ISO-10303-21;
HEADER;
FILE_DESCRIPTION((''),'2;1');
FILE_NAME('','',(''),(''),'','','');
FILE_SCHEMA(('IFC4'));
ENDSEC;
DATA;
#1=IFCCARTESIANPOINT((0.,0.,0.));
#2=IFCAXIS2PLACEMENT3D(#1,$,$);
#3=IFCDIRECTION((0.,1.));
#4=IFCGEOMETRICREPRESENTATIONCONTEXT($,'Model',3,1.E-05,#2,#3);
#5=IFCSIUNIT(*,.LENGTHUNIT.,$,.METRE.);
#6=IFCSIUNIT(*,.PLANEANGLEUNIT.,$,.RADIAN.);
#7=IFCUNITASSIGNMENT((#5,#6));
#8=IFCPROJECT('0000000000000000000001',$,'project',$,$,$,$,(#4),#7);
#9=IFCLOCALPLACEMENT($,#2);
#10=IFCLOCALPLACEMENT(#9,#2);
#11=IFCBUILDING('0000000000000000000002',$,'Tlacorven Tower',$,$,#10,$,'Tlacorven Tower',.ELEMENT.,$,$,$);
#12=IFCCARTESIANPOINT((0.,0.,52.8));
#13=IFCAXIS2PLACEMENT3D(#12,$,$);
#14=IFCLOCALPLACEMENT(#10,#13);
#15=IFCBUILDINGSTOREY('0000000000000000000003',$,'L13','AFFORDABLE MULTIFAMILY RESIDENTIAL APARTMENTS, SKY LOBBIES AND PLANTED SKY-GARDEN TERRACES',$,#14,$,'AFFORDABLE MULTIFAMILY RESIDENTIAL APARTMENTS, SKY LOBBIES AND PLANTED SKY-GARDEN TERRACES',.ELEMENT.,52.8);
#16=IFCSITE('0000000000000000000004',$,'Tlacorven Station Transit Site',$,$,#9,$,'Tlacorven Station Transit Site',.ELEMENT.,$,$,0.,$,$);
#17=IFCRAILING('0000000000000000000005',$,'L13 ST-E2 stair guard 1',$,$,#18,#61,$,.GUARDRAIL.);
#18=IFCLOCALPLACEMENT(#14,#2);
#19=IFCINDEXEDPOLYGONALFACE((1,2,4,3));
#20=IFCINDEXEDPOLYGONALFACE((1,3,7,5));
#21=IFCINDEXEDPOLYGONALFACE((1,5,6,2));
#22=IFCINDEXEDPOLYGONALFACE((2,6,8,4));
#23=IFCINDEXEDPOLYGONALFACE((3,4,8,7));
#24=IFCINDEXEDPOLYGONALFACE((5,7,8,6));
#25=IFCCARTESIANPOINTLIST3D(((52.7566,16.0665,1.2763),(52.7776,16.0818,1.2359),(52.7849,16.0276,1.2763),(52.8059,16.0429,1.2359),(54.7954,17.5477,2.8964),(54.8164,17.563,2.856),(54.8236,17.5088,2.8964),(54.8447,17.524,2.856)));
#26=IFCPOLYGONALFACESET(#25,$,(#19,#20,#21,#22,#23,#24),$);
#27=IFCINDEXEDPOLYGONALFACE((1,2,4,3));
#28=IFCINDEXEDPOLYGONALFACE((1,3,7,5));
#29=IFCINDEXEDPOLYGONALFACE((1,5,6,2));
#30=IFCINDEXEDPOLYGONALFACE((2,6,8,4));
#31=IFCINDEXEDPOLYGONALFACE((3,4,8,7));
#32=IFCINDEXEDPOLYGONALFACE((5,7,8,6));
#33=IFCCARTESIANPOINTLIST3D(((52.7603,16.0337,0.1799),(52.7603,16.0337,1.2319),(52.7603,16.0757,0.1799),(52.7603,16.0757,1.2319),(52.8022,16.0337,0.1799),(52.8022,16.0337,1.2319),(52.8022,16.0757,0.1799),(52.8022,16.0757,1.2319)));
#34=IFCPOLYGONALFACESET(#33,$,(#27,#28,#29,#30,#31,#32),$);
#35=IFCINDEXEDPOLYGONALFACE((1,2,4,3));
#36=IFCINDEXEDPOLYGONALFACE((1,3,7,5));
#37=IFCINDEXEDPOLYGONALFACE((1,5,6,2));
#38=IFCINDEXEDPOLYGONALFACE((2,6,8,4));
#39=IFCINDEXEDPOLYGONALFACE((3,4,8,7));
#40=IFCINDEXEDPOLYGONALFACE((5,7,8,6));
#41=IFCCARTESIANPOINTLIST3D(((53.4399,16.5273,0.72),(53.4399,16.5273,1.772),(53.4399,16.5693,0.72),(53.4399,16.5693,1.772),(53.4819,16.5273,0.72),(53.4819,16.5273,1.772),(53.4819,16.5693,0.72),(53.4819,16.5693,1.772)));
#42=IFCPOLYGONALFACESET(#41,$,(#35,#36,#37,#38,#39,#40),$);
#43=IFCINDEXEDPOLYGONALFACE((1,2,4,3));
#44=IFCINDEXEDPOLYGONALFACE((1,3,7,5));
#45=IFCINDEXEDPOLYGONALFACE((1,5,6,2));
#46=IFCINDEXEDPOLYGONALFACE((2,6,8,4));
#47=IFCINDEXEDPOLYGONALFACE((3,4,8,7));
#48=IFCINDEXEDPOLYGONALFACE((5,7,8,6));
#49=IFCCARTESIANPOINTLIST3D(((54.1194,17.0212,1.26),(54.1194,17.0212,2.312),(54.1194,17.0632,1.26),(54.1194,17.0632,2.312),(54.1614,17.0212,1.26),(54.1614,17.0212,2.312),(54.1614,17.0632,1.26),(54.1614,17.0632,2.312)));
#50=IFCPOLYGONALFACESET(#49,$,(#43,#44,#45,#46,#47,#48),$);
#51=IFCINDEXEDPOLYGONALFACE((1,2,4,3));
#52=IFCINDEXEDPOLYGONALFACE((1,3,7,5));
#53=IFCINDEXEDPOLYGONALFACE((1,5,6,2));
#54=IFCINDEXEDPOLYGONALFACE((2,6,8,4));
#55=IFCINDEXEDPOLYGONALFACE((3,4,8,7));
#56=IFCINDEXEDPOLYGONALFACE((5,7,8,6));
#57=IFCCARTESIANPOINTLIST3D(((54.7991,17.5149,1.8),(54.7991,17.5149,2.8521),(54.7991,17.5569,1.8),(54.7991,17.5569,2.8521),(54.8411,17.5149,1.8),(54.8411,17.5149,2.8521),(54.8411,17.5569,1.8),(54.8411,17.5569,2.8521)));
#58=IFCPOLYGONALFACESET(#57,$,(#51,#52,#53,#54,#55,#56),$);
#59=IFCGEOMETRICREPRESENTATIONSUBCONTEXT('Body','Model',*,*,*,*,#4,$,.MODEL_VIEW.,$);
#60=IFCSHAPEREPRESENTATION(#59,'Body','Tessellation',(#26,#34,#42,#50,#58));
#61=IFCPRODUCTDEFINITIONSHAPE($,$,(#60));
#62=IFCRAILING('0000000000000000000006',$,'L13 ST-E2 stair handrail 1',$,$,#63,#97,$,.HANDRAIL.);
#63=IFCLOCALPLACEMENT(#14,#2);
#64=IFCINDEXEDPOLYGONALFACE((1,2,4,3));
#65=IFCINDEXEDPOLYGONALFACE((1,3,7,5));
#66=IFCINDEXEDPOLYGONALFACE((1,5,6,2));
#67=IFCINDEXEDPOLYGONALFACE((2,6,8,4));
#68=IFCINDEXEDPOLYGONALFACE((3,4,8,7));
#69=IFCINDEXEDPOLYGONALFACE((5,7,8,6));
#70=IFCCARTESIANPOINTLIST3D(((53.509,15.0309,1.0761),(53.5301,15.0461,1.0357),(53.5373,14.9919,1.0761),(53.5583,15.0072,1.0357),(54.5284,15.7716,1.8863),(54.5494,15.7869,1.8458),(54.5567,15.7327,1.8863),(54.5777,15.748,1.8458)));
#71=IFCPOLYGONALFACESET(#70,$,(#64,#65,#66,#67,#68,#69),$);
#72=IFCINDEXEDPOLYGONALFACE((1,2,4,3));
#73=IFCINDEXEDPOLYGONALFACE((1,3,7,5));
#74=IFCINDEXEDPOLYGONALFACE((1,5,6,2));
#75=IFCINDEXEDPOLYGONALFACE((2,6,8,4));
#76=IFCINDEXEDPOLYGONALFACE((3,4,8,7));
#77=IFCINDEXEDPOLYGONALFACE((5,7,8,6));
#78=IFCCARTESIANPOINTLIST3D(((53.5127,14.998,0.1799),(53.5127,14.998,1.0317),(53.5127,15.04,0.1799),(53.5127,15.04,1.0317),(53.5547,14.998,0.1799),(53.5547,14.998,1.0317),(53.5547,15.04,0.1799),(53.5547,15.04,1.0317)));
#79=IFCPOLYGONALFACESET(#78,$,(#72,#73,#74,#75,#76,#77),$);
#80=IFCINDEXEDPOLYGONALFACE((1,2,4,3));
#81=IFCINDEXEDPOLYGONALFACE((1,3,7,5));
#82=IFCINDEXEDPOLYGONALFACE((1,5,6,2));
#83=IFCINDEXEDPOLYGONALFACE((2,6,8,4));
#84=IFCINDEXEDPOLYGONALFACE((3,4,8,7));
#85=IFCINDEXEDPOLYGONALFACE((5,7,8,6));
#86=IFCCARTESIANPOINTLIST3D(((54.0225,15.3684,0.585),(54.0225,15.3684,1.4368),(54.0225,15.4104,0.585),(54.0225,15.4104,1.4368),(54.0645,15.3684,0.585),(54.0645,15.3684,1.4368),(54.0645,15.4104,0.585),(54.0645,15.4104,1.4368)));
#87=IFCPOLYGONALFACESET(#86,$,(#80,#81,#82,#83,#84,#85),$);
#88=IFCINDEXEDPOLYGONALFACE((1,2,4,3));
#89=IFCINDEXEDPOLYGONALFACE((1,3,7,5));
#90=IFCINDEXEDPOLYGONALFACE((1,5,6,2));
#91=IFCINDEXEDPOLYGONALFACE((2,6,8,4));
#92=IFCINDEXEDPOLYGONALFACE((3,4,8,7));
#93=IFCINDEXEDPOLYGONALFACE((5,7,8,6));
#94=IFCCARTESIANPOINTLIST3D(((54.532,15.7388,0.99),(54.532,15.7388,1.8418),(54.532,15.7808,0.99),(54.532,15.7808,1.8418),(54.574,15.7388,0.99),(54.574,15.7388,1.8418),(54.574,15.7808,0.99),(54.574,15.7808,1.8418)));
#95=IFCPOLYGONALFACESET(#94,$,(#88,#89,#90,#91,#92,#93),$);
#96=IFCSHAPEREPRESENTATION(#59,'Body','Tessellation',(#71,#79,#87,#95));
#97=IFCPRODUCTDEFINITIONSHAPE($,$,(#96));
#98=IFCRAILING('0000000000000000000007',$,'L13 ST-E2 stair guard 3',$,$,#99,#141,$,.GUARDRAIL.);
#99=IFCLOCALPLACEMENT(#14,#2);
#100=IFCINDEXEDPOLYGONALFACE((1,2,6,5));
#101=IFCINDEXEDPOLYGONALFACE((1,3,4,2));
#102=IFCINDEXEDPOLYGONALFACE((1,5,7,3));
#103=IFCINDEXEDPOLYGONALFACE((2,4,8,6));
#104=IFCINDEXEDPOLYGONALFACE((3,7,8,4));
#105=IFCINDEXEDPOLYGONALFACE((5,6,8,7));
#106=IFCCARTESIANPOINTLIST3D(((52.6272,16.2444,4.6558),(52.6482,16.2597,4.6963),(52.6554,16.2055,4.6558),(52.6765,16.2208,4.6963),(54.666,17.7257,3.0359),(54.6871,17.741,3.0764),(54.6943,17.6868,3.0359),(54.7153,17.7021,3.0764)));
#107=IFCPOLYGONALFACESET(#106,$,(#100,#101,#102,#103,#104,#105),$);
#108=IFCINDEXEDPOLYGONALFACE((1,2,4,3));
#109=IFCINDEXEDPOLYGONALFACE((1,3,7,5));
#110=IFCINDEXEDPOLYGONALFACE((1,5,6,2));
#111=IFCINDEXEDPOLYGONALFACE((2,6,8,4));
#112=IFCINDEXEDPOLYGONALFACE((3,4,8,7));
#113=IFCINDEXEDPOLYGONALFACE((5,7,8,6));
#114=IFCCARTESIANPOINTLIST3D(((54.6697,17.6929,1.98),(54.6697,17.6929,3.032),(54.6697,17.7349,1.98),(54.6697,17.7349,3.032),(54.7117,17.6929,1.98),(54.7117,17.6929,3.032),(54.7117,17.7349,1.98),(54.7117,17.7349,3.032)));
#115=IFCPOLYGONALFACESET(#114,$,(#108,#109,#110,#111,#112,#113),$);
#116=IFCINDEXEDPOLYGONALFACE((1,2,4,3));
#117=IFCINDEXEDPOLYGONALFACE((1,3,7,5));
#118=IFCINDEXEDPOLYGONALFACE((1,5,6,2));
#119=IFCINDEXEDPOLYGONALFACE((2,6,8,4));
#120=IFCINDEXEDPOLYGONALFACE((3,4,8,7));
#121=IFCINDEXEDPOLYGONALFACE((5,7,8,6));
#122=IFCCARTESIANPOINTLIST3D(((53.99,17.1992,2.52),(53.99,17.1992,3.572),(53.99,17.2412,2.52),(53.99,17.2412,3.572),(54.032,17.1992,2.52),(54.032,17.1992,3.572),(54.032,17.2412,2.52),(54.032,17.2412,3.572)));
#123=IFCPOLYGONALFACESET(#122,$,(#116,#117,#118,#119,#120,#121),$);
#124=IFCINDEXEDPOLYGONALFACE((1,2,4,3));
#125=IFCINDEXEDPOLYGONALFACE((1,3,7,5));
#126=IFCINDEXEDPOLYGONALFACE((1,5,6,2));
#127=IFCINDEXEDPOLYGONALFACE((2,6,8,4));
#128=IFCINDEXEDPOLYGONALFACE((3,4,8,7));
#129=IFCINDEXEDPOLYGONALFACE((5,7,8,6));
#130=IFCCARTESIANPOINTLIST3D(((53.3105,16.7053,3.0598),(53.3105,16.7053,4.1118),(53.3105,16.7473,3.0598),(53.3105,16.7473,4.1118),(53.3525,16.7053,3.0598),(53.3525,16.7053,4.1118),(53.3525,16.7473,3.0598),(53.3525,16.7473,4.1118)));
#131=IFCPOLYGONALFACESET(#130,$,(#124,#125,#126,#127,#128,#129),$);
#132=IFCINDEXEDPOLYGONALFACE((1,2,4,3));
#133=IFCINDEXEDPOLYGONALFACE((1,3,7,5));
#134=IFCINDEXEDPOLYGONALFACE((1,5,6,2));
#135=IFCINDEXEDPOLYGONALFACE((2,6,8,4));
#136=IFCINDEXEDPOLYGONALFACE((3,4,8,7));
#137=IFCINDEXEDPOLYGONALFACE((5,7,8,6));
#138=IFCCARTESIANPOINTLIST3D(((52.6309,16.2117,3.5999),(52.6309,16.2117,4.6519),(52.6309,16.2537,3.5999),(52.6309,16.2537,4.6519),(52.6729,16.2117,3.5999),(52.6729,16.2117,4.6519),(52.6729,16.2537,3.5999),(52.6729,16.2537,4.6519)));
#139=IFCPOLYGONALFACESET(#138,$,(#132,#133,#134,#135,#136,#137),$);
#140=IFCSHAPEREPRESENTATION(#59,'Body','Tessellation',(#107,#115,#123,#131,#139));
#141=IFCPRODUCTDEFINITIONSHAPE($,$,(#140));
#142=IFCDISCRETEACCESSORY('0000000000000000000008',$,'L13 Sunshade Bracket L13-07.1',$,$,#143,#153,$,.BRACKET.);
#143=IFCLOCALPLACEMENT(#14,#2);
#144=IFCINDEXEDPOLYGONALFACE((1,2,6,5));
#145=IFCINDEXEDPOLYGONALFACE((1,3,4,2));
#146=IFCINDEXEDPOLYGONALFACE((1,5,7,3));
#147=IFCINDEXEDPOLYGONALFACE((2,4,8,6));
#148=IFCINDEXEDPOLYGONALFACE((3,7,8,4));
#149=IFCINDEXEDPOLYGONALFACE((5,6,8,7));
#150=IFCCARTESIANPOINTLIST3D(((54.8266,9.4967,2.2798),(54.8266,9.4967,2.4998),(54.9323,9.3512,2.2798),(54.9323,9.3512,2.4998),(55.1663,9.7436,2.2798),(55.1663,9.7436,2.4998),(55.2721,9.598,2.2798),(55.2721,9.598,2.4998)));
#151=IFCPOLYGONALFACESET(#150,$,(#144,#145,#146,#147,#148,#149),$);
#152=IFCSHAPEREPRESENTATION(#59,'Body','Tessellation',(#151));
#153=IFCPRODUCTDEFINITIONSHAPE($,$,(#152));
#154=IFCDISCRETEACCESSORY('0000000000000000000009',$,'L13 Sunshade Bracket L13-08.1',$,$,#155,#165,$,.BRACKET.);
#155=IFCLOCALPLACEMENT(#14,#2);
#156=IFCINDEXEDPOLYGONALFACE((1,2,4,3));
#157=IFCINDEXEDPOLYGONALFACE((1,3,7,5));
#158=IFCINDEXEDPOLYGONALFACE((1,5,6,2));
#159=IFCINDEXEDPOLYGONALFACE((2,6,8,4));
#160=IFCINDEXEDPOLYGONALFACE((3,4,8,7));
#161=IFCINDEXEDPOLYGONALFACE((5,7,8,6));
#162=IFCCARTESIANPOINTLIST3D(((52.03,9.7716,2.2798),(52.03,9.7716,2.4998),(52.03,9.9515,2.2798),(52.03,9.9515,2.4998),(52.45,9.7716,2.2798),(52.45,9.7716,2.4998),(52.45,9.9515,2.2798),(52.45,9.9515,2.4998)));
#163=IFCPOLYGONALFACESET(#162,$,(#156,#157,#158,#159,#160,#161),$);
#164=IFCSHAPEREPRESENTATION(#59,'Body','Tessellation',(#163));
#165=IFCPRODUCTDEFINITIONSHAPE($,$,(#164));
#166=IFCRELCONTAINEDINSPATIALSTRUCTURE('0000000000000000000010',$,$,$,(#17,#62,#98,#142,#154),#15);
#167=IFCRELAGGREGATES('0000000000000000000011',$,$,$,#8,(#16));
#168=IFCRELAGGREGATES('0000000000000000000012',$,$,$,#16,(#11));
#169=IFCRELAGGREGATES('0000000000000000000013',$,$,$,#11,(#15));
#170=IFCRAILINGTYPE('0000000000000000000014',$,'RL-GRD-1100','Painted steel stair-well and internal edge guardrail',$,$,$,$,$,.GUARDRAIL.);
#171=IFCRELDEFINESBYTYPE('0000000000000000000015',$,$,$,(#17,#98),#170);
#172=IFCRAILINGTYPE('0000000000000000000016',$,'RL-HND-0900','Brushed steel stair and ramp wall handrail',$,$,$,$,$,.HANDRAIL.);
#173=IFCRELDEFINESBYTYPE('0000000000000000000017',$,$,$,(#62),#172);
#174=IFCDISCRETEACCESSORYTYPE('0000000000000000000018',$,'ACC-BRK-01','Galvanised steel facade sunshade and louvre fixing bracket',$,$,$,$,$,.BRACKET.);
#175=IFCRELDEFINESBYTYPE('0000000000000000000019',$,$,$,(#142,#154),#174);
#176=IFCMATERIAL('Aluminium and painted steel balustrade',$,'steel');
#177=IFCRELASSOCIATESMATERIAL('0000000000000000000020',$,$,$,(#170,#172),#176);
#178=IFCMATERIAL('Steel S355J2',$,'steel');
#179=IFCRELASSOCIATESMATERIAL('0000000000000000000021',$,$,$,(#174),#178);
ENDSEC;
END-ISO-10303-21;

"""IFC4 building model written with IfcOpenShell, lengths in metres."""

from ifc_helpers import new_model, si_unit, direction, frame, origin, origin_2d, place, context, subcontext, project, spatial, rectangle, extrude, source, transform, mapped, material, type_object, element, save


model = new_model("IFC4")

# Units and contexts
model_context = context("Model", 3, precision=1e-05, world=origin(), true_north=direction((0.0, 1.0)))
body_context = subcontext(model_context, "Body", "Model", "MODEL_VIEW")
ifc_project = project(units=[si_unit("LENGTHUNIT", "METRE"), si_unit("PLANEANGLEUNIT", "RADIAN")], contexts=[model_context])

# Site, building, storey
site_placement = place(None, origin())
site = spatial("IfcSite", under=ifc_project, at=site_placement, Name="Tlacorven Station Transit Site", LongName="Tlacorven Station Transit Site", CompositionType="ELEMENT", RefElevation=0.0)
building_placement = place(site_placement, origin())
building = spatial("IfcBuilding", under=site, at=building_placement, Name="Tlacorven Tower", LongName="Tlacorven Tower", CompositionType="ELEMENT")
storey_placement = place(building_placement, frame((0.0, 0.0, 52.8)))
storey = spatial("IfcBuildingStorey", under=building, at=storey_placement, Name="L13", Description="AFFORDABLE MULTIFAMILY RESIDENTIAL APARTMENTS, SKY LOBBIES AND PLANTED SKY-GARDEN TERRACES", LongName="AFFORDABLE MULTIFAMILY RESIDENTIAL APARTMENTS, SKY LOBBIES AND PLANTED SKY-GARDEN TERRACES", CompositionType="ELEMENT", Elevation=52.8)

# Railings
ifc_material_1 = material(Name="Aluminium and painted steel balustrade", Category="steel")
railing_type_1 = type_object("IfcRailingType", Name="RL-GRD-1100", Description="Painted steel stair-well and internal edge guardrail", PredefinedType="GUARDRAIL", material=ifc_material_1)
railing_type_2 = type_object("IfcRailingType", Name="RL-HND-0900", Description="Brushed steel stair and ramp wall handrail", PredefinedType="HANDRAIL", material=ifc_material_1)
shared_shape_1 = source(origin(), body_context, "Body", "SweptSolid", [
    extrude(rectangle(XDim=0.0481, YDim=0.0481, at=origin_2d()), frame((0.0, 0.0, 1.0762), z_axis=(0.680532, 0.494407, 0.540775), x_axis=(-0.587763, 0.809033, 0.0)), (0.0, 0.0, 1.0), 2.9958),
    extrude(rectangle(XDim=0.042, YDim=0.042, at=origin_2d()), origin(), (0.0, 0.0, 1.0), 1.052),
    extrude(rectangle(XDim=0.042, YDim=0.042, at=origin_2d()), frame((0.6797, 0.4937, 0.54)), (0.0, 0.0, 1.0), 1.052),
    extrude(rectangle(XDim=0.042, YDim=0.042, at=origin_2d()), frame((1.3591, 0.9875, 1.0801)), (0.0, 0.0, 1.0), 1.052),
    extrude(rectangle(XDim=0.042, YDim=0.042, at=origin_2d()), frame((2.0388, 1.4812, 1.6201)), (0.0, 0.0, 1.0), 1.052),
])
railing_1_placement = place(storey_placement, frame((52.7812, 16.0547, 0.1799)))
element("IfcRailing", 1, at=railing_1_placement, inside=storey, type_object=railing_type_1, Name="L13 ST-E2 stair guard 1", PredefinedType="GUARDRAIL", context=body_context, shape_type="MappedRepresentation", body=[
    mapped(shared_shape_1, transform((0.0, 0.0, 0.0), scale=1.0)),
])
shared_shape_2 = source(origin(), body_context, "Body", "SweptSolid", [
    extrude(rectangle(XDim=0.0481, YDim=0.0481, at=origin_2d()), frame((0.0, 0.0, 0.876), z_axis=(0.680461, 0.494496, 0.540783), x_axis=(-0.587872, 0.808954, 0.0)), (0.0, 0.0, 1.0), 1.498),
    extrude(rectangle(XDim=0.042, YDim=0.042, at=origin_2d()), origin(), (0.0, 0.0, 1.0), 0.8518),
    extrude(rectangle(XDim=0.042, YDim=0.042, at=origin_2d()), frame((0.5098, 0.3704, 0.405)), (0.0, 0.0, 1.0), 0.8518),
    extrude(rectangle(XDim=0.042, YDim=0.042, at=origin_2d()), frame((1.0193, 0.7407, 0.8101)), (0.0, 0.0, 1.0), 0.8518),
])
railing_2_placement = place(storey_placement, frame((53.5337, 15.019, 0.1799)))
element("IfcRailing", 2, at=railing_2_placement, inside=storey, type_object=railing_type_2, Name="L13 ST-E2 stair handrail 1", PredefinedType="HANDRAIL", context=body_context, shape_type="MappedRepresentation", body=[
    mapped(shared_shape_2, transform((0.0, 0.0, 0.0), scale=1.0)),
])
shared_shape_3 = source(origin(), body_context, "Body", "SweptSolid", [
    extrude(rectangle(XDim=0.0481, YDim=0.0481, at=origin_2d()), frame((0.0, 0.0, 1.0762), z_axis=(-0.680562, -0.494428, 0.540717), x_axis=(0.587763, -0.809033, 0.0)), (0.0, 0.0, 1.0), 2.9958),
    extrude(rectangle(XDim=0.042, YDim=0.042, at=origin_2d()), origin(), (0.0, 0.0, 1.0), 1.052),
    extrude(rectangle(XDim=0.042, YDim=0.042, at=origin_2d()), frame((-0.6797, -0.4937, 0.54)), (0.0, 0.0, 1.0), 1.052),
    extrude(rectangle(XDim=0.042, YDim=0.042, at=origin_2d()), frame((-1.3591, -0.9875, 1.0798)), (0.0, 0.0, 1.0), 1.052),
    extrude(rectangle(XDim=0.042, YDim=0.042, at=origin_2d()), frame((-2.0388, -1.4812, 1.6199)), (0.0, 0.0, 1.0), 1.052),
])
railing_3_placement = place(storey_placement, frame((54.6907, 17.7139, 1.98)))
element("IfcRailing", 3, at=railing_3_placement, inside=storey, type_object=railing_type_1, Name="L13 ST-E2 stair guard 3", PredefinedType="GUARDRAIL", context=body_context, shape_type="MappedRepresentation", body=[
    mapped(shared_shape_3, transform((0.0, 0.0, 0.0), scale=1.0)),
])

# Discrete accessories
ifc_material_2 = material(Name="Steel S355J2", Category="steel")
discrete_accessory_type = type_object("IfcDiscreteAccessoryType", Name="ACC-BRK-01", Description="Galvanised steel facade sunshade and louvre fixing bracket", PredefinedType="BRACKET", material=ifc_material_2)
shared_shape_4 = source(origin(), body_context, "Body", "SweptSolid", [
    extrude(rectangle(XDim=0.1799, YDim=0.4199, at=origin_2d()), origin(), (0.0, 0.0, 1.0), 0.22),
])
for number, where, z_axis, x_axis, name in (
    (4, (55.0493, 9.5474, 2.2798), (0.0, 0.0, 1.0), (-0.587786, 0.809017, 0.0), "L13 Sunshade Bracket L13-07.1"),
    (5, (52.24, 9.8616, 2.2798), (0.0, 0.0, 1.0), (0.0, -1.0, 0.0), "L13 Sunshade Bracket L13-08.1"),
):
    element("IfcDiscreteAccessory", number, at=place(storey_placement, frame(where, z_axis=z_axis, x_axis=x_axis)), inside=storey, type_object=discrete_accessory_type, Name=name, PredefinedType="BRACKET", context=body_context, shape_type="MappedRepresentation", body=[
        mapped(shared_shape_4, transform((0.0, 0.0, 0.0), scale=1.0)),
    ])

save(model, "model.ifc")
